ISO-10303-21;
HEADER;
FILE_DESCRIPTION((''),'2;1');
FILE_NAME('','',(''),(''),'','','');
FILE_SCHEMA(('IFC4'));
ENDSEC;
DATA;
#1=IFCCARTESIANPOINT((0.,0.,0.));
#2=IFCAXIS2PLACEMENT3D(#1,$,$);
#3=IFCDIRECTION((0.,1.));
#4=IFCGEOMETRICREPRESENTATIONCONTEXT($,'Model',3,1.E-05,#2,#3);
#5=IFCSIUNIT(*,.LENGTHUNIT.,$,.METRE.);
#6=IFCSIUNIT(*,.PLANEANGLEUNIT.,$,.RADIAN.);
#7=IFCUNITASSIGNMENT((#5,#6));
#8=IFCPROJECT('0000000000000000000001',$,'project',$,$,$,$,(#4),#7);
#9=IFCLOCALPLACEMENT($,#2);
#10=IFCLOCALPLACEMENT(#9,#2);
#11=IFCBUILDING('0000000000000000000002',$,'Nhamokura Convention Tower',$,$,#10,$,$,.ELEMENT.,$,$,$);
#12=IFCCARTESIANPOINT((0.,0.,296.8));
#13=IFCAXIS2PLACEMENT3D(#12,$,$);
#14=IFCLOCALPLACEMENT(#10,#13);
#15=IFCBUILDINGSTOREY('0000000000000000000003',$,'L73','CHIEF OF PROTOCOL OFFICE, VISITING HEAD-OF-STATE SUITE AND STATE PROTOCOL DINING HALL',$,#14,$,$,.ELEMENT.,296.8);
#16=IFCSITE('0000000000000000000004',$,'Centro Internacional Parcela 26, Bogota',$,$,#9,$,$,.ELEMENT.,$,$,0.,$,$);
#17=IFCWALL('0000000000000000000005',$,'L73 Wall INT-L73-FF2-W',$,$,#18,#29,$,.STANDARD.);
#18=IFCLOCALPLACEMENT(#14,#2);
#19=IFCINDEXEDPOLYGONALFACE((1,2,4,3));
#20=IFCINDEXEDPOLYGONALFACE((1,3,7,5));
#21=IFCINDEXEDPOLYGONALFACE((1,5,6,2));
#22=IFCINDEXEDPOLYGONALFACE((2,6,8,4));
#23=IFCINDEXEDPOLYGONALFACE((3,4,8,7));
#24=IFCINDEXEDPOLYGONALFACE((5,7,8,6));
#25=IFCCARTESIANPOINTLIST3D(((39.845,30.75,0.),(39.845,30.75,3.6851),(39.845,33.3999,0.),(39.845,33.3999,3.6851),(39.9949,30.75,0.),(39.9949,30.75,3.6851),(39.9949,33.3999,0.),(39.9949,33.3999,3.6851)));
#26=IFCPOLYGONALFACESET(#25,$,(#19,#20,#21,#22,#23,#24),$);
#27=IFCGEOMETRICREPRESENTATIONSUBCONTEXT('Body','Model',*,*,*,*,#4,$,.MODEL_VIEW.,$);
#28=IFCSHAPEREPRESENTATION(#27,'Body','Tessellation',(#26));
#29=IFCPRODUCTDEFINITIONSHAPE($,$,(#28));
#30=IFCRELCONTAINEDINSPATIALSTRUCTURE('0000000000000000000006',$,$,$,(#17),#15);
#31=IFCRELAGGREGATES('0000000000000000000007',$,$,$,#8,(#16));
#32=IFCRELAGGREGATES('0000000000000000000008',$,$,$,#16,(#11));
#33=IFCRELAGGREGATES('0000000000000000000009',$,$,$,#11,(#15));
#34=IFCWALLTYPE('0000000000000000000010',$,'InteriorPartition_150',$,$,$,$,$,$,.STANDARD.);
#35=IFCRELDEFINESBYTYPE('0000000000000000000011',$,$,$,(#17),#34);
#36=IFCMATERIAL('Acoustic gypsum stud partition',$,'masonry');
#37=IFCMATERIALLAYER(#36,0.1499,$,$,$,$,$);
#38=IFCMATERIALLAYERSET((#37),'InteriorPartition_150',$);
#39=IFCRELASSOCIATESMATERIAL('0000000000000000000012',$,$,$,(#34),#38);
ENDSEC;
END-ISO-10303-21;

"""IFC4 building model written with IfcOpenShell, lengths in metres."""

from ifc_helpers import new_model, si_unit, direction, frame, frame_2d, origin, place, context, subcontext, project, spatial, rectangle, extrude, material, layer, layer_set, type_object, element, save


model = new_model("IFC4")

# Units and contexts
model_context = context("Model", 3, precision=1e-05, world=origin(), true_north=direction((0.0, 1.0)))
body_context = subcontext(model_context, "Body", "Model", "MODEL_VIEW")
ifc_project = project(units=[si_unit("LENGTHUNIT", "METRE"), si_unit("PLANEANGLEUNIT", "RADIAN")], contexts=[model_context])

# Site, building, storey
site_placement = place(None, origin())
site = spatial("IfcSite", under=ifc_project, at=site_placement, Name="Centro Internacional Parcela 26, Bogota", CompositionType="ELEMENT", RefElevation=0.0)
building_placement = place(site_placement, origin())
building = spatial("IfcBuilding", under=site, at=building_placement, Name="Nhamokura Convention Tower", CompositionType="ELEMENT")
storey_placement = place(building_placement, frame((0.0, 0.0, 296.8)))
storey = spatial("IfcBuildingStorey", under=building, at=storey_placement, Name="L73", Description="CHIEF OF PROTOCOL OFFICE, VISITING HEAD-OF-STATE SUITE AND STATE PROTOCOL DINING HALL", CompositionType="ELEMENT", Elevation=296.8)

# Wall
ifc_material_1 = material(Name="Acoustic gypsum stud partition", Category="masonry")
ifc_layer_1 = layer(ifc_material_1, 0.1499)
ifc_layer_set_1 = layer_set([ifc_layer_1], Name="InteriorPartition_150")
wall_type_1 = type_object("IfcWallType", Name="InteriorPartition_150", PredefinedType="STANDARD", material=ifc_layer_set_1)
wall_1_placement = place(storey_placement, frame((39.9199, 30.75, 0.0), z_axis=(0.0, 0.0, 1.0), x_axis=(0.0, 1.0, 0.0)))
element("IfcWall", 1, at=wall_1_placement, inside=storey, type_object=wall_type_1, Name="L73 Wall INT-L73-FF2-W", PredefinedType="STANDARD", context=body_context, shape_type="SweptSolid", body=[
    extrude(rectangle(XDim=2.6499, YDim=0.1499, at=frame_2d((1.325, 0.0))), origin(), (0.0, 0.0, 1.0), 3.6851),
])

save(model, "model.ifc")
